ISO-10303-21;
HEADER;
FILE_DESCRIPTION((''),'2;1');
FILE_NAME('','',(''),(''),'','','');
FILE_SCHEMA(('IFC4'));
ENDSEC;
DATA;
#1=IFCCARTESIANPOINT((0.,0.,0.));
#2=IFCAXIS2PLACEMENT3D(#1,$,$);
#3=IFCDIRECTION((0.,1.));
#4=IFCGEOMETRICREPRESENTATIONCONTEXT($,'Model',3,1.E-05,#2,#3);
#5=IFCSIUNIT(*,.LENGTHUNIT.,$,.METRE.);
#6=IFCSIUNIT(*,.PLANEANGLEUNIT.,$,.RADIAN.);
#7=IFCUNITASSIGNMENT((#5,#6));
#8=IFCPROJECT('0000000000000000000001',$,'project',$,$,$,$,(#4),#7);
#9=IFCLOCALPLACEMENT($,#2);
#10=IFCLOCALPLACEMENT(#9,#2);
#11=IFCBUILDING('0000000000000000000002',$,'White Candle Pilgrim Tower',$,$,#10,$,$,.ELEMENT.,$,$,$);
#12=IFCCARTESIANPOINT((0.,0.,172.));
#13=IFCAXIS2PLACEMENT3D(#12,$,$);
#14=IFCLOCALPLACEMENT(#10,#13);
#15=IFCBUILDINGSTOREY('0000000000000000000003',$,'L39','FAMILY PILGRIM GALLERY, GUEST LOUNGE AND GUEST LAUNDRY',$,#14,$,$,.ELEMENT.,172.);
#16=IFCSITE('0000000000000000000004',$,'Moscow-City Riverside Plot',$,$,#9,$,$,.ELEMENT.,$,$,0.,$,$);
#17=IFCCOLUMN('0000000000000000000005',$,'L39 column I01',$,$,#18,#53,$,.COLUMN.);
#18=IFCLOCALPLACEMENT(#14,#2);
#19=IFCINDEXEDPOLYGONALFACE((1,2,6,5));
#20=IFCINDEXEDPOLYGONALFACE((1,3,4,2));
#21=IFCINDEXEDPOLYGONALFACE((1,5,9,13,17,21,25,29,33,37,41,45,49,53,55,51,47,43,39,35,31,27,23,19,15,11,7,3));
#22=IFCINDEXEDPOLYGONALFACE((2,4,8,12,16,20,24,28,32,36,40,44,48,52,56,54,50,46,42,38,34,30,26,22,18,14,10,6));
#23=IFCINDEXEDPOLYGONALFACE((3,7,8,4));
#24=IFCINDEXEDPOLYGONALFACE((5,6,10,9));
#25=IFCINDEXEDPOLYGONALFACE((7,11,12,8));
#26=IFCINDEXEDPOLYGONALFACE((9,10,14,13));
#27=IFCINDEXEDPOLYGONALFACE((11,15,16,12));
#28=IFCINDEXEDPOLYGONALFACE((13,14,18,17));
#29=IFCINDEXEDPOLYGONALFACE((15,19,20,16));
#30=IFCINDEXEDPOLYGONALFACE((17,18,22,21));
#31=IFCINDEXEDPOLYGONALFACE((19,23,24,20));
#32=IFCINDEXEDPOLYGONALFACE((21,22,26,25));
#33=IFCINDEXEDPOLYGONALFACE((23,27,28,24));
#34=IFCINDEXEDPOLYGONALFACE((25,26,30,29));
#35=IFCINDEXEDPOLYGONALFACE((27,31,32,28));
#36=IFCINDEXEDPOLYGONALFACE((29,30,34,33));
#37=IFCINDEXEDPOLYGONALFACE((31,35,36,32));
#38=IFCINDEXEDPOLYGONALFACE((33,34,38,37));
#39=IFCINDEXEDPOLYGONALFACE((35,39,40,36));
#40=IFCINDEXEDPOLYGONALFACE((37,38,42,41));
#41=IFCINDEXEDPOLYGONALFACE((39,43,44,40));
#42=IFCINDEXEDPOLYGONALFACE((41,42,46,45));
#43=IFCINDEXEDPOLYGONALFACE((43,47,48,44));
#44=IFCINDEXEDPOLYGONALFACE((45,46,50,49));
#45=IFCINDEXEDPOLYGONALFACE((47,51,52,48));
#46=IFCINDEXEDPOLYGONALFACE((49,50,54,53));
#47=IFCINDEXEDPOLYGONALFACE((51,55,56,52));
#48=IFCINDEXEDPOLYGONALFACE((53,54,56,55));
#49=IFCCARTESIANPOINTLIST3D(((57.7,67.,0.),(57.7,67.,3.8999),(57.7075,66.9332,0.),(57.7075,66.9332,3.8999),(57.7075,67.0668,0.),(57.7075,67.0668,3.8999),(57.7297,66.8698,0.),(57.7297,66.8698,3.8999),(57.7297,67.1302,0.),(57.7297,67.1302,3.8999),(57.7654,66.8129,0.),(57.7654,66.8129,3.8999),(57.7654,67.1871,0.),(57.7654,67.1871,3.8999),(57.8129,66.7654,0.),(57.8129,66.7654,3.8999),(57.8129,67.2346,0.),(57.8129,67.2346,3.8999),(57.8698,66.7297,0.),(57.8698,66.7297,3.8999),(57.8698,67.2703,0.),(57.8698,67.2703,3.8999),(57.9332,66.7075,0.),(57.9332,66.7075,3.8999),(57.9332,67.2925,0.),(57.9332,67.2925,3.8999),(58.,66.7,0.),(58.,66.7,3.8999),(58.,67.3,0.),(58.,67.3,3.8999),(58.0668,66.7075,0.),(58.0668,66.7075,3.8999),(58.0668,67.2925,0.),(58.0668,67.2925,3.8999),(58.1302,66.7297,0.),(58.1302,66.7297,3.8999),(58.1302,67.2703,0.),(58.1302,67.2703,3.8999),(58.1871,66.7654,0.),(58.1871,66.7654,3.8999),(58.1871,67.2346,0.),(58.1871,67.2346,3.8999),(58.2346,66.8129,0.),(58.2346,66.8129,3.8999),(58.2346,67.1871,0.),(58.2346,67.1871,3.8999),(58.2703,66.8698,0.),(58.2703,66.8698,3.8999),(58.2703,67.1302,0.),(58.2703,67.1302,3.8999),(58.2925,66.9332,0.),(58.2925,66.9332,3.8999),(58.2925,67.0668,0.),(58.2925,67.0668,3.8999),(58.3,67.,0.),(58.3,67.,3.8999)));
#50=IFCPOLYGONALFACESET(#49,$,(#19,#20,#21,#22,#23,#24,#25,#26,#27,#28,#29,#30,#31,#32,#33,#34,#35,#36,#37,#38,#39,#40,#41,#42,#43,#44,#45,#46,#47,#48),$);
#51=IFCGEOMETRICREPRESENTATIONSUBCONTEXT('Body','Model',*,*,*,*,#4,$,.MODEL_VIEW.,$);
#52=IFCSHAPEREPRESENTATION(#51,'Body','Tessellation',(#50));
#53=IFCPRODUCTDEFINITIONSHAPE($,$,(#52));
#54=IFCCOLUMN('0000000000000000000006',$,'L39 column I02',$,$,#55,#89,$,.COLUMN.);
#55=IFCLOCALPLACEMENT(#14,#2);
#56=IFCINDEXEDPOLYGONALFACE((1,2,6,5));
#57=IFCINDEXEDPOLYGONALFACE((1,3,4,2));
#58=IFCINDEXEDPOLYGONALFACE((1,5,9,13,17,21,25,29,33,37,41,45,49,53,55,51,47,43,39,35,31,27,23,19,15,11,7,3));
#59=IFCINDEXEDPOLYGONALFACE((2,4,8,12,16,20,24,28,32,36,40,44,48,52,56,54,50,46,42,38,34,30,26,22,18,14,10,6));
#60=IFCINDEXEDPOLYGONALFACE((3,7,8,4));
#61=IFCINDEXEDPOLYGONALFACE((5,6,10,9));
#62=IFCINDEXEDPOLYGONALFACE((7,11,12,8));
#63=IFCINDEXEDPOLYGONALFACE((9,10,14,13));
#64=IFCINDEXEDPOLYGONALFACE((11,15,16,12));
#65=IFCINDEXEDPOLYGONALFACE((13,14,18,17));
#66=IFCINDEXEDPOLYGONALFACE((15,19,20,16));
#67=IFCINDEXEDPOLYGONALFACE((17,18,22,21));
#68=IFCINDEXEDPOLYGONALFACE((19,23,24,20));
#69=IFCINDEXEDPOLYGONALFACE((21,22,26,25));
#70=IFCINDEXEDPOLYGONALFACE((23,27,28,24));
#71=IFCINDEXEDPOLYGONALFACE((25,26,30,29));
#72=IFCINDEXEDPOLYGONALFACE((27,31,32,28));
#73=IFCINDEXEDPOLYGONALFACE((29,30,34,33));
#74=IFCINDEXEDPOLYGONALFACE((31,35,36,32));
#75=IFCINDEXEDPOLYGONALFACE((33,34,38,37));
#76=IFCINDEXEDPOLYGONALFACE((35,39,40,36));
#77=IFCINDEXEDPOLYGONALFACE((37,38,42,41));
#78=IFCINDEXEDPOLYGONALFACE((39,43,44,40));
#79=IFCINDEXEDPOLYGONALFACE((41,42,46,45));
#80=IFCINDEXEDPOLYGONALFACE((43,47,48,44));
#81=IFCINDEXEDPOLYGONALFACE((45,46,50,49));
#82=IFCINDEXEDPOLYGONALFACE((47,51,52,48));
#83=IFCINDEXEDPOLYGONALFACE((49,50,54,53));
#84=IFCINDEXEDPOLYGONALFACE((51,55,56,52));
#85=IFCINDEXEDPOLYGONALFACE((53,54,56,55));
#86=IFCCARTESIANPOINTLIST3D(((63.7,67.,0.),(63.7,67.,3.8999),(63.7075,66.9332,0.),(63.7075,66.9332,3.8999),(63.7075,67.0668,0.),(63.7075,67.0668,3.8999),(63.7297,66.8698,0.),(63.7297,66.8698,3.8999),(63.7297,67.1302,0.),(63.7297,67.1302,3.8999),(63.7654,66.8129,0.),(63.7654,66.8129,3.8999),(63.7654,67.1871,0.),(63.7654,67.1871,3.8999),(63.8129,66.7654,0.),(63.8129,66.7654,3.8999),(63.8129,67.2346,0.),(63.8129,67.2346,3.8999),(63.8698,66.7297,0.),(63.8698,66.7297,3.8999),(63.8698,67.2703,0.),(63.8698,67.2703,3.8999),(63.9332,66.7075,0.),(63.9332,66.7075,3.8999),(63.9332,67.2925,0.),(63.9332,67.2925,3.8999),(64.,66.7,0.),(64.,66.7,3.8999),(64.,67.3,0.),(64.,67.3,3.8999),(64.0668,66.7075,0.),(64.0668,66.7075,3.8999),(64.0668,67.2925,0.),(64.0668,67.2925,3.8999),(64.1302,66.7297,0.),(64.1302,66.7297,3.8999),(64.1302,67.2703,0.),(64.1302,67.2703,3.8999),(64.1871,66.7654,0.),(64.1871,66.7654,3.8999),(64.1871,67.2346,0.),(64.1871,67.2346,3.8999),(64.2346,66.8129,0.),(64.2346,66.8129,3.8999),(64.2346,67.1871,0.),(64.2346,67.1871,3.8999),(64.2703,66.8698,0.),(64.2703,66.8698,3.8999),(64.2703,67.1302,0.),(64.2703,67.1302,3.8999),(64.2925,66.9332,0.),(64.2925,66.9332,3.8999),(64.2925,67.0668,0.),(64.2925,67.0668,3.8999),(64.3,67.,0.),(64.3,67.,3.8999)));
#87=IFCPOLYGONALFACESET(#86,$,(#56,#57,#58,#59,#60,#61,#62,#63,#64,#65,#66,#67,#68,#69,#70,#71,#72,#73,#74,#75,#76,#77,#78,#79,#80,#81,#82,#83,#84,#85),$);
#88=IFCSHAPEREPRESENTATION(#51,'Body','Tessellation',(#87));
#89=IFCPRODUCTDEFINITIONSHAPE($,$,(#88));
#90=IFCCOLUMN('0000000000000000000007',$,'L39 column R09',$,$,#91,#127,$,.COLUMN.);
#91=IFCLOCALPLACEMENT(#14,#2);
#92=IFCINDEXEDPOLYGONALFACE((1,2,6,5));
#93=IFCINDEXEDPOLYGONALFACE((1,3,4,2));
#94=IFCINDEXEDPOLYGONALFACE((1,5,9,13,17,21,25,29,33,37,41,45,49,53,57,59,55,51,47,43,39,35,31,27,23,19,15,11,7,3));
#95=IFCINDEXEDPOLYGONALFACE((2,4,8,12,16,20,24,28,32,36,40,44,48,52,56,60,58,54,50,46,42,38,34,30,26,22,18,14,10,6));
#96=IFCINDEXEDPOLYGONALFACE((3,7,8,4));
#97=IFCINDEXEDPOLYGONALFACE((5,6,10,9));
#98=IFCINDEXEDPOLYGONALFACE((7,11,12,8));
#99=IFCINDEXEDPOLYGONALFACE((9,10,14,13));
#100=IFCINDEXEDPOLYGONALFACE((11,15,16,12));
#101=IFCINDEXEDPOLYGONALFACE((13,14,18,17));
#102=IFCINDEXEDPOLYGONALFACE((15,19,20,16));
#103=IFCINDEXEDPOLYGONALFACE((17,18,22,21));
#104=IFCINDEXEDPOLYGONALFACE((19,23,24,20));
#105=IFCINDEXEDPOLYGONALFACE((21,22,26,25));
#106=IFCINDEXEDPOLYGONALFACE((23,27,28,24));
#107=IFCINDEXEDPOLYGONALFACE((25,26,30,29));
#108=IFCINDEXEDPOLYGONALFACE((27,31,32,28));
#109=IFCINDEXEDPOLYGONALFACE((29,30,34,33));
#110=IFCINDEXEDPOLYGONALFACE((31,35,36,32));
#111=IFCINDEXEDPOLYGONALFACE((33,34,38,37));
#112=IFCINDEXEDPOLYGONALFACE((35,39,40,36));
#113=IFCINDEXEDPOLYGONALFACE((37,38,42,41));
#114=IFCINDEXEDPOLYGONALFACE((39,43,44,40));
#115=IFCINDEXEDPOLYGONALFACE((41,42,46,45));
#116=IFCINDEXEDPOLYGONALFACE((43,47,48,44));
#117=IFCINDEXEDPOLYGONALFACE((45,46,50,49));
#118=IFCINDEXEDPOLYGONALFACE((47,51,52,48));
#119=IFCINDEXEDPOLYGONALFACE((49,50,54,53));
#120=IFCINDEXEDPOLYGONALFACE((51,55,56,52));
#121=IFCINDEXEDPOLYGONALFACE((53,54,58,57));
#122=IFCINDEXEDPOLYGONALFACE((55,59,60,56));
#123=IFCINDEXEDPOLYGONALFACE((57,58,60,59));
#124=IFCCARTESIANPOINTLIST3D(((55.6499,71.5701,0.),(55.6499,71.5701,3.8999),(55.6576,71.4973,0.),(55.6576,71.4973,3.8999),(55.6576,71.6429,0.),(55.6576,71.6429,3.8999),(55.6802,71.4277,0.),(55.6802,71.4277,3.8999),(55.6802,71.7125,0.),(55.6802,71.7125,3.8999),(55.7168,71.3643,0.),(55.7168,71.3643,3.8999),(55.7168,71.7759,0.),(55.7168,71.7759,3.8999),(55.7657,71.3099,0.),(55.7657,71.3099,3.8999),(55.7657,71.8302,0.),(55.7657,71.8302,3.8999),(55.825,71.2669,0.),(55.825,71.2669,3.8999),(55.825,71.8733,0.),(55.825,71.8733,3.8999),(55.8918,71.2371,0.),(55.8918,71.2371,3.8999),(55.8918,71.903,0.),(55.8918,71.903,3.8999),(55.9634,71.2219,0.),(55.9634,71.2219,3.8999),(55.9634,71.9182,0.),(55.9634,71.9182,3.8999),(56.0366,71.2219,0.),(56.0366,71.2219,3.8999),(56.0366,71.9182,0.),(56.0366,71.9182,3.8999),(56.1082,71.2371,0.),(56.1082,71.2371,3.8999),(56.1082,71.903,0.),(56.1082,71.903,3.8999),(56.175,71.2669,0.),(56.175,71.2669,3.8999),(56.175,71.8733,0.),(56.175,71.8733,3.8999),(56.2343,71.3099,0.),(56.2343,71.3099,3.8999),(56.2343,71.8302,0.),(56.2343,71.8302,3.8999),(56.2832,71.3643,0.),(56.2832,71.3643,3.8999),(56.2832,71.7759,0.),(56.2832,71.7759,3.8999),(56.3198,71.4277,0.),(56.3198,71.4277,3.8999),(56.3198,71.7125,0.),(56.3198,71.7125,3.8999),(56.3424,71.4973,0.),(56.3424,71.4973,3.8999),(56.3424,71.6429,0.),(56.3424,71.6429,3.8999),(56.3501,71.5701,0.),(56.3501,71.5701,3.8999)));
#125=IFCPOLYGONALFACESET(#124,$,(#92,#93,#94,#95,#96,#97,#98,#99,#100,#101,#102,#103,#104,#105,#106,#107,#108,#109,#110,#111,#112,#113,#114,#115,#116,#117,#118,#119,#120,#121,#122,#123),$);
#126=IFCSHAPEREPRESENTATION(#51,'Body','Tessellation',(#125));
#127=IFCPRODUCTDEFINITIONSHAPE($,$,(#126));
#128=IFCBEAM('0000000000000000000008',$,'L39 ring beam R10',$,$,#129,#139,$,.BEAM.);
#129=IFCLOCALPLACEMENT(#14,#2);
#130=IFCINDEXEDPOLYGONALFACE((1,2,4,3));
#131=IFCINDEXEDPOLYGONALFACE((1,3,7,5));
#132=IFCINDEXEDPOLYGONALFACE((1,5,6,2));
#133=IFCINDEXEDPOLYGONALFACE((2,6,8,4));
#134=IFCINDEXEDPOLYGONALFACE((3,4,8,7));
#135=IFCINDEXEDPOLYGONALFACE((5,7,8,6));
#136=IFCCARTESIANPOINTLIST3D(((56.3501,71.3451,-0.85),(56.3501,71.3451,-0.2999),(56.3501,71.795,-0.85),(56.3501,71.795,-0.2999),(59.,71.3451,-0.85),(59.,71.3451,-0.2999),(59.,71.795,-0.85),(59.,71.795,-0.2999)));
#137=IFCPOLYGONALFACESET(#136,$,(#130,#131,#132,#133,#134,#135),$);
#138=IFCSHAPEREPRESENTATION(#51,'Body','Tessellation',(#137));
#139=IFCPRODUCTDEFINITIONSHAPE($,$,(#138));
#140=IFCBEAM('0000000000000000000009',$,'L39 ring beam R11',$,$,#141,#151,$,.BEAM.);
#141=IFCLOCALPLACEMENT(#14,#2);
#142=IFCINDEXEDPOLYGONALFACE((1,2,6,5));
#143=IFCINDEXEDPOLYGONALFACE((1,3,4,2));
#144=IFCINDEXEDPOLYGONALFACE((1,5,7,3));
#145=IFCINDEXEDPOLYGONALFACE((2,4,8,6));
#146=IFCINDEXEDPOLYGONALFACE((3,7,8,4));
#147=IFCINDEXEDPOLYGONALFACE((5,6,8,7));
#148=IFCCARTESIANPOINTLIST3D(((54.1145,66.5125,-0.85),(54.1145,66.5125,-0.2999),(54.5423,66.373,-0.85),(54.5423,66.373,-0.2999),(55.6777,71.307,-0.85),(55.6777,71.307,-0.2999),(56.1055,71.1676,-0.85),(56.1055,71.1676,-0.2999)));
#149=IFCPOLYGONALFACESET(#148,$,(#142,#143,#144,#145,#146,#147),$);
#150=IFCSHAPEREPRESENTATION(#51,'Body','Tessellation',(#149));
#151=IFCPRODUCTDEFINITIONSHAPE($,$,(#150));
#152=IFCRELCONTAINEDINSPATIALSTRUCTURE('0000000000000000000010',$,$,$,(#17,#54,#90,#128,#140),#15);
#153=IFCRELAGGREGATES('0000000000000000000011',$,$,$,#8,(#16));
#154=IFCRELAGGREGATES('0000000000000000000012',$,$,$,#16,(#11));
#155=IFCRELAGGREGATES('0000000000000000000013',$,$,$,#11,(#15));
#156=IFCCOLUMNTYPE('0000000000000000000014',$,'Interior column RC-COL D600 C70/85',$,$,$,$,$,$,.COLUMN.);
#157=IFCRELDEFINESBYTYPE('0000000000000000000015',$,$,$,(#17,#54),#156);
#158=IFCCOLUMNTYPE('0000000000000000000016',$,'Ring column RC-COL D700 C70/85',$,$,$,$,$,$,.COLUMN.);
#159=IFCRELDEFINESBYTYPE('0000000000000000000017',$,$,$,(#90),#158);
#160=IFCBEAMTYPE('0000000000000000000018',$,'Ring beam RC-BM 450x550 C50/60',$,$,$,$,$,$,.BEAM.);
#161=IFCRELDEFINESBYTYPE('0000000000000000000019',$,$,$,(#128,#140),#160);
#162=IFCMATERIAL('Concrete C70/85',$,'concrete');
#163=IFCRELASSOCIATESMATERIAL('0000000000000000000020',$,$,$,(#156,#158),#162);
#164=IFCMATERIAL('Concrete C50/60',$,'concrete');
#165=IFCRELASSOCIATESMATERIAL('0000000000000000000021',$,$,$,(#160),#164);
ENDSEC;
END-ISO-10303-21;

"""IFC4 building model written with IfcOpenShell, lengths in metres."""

from ifc_helpers import new_model, si_unit, direction, frame, origin, origin_2d, place, context, subcontext, project, spatial, rectangle, circle, extrude, material, material_profile, profile_set, type_object, element, save


model = new_model("IFC4")

# Units and contexts
model_context = context("Model", 3, precision=1e-05, world=origin(), true_north=direction((0.0, 1.0)))
body_context = subcontext(model_context, "Body", "Model", "MODEL_VIEW")
ifc_project = project(units=[si_unit("LENGTHUNIT", "METRE"), si_unit("PLANEANGLEUNIT", "RADIAN")], contexts=[model_context])

# Site, building, storey
site_placement = place(None, origin())
site = spatial("IfcSite", under=ifc_project, at=site_placement, Name="Moscow-City Riverside Plot", CompositionType="ELEMENT", RefElevation=0.0)
building_placement = place(site_placement, origin())
building = spatial("IfcBuilding", under=site, at=building_placement, Name="White Candle Pilgrim Tower", CompositionType="ELEMENT")
storey_placement = place(building_placement, frame((0.0, 0.0, 172.0)))
storey = spatial("IfcBuildingStorey", under=building, at=storey_placement, Name="L39", Description="FAMILY PILGRIM GALLERY, GUEST LOUNGE AND GUEST LAUNDRY", CompositionType="ELEMENT", Elevation=172.0)

# Columns
ifc_material_1 = material(Name="Concrete C70/85", Category="concrete")
ifc_material_profile_1 = material_profile(ifc_material_1, circle(Radius=0.3, at=origin_2d()), Name="RC-COL D600")
ifc_profile_set_1 = profile_set([ifc_material_profile_1], Name="Concrete C70/85")
column_type_1 = type_object("IfcColumnType", Name="Interior column RC-COL D600 C70/85", PredefinedType="COLUMN", material=ifc_profile_set_1)
for number, where, z_axis, x_axis, name in (
    (1, (58.0, 67.0, 0.0), (0.0, 0.0, 1.0), (1.0, 0.0, 0.0), "L39 column I01"),
    (2, (64.0, 67.0, 0.0), (0.0, 0.0, 1.0), (1.0, 0.0, 0.0), "L39 column I02"),
):
    element("IfcColumn", number, at=place(storey_placement, frame(where, z_axis=z_axis, x_axis=x_axis)), inside=storey, type_object=column_type_1, Name=name, PredefinedType="COLUMN", context=body_context, shape_type="SweptSolid", body=[
        extrude(circle(Radius=0.3, at=origin_2d()), origin(), (0.0, 0.0, 1.0), 3.8999),
    ])
ifc_material_profile_2 = material_profile(ifc_material_1, circle(Radius=0.3501, at=origin_2d()), Name="RC-COL D700")
ifc_profile_set_2 = profile_set([ifc_material_profile_2], Name="Concrete C70/85")
column_type_2 = type_object("IfcColumnType", Name="Ring column RC-COL D700 C70/85", PredefinedType="COLUMN", material=ifc_profile_set_2)
column_placement = place(storey_placement, frame((56.0, 71.5701, 0.0), z_axis=(0.0, 0.0, 1.0), x_axis=(1.0, 0.0, 0.0)))
element("IfcColumn", 3, at=column_placement, inside=storey, type_object=column_type_2, Name="L39 column R09", PredefinedType="COLUMN", context=body_context, shape_type="SweptSolid", body=[
    extrude(circle(Radius=0.3501, at=origin_2d()), origin(), (0.0, 0.0, 1.0), 3.8999),
])

# Beams
ifc_material_2 = material(Name="Concrete C50/60", Category="concrete")
ifc_material_profile_3 = material_profile(ifc_material_2, rectangle(XDim=0.45, YDim=0.55, at=origin_2d()), Name="RC-BM 450x550")
ifc_profile_set_3 = profile_set([ifc_material_profile_3], Name="Concrete C50/60")
beam_type = type_object("IfcBeamType", Name="Ring beam RC-BM 450x550 C50/60", PredefinedType="BEAM", material=ifc_profile_set_3)
beam_1_placement = place(storey_placement, frame((56.3501, 71.5701, -0.575), z_axis=(1.0, 0.0, 0.0), x_axis=(0.0, 1.0, 0.0)))
element("IfcBeam", 4, at=beam_1_placement, inside=storey, type_object=beam_type, Name="L39 ring beam R10", PredefinedType="BEAM", context=body_context, shape_type="SweptSolid", body=[
    extrude(rectangle(XDim=0.45, YDim=0.55, at=origin_2d()), origin(), (0.0, 0.0, 1.0), 2.6499),
])
beam_2_placement = place(storey_placement, frame((55.8916, 71.2373, -0.575), z_axis=(-0.309976, -0.950744, 0.0), x_axis=(0.950744, -0.309976, 0.0)))
element("IfcBeam", 5, at=beam_2_placement, inside=storey, type_object=beam_type, Name="L39 ring beam R11", PredefinedType="BEAM", context=body_context, shape_type="SweptSolid", body=[
    extrude(rectangle(XDim=0.45, YDim=0.55, at=origin_2d()), origin(), (0.0, 0.0, 1.0), 5.043),
])

save(model, "model.ifc")
